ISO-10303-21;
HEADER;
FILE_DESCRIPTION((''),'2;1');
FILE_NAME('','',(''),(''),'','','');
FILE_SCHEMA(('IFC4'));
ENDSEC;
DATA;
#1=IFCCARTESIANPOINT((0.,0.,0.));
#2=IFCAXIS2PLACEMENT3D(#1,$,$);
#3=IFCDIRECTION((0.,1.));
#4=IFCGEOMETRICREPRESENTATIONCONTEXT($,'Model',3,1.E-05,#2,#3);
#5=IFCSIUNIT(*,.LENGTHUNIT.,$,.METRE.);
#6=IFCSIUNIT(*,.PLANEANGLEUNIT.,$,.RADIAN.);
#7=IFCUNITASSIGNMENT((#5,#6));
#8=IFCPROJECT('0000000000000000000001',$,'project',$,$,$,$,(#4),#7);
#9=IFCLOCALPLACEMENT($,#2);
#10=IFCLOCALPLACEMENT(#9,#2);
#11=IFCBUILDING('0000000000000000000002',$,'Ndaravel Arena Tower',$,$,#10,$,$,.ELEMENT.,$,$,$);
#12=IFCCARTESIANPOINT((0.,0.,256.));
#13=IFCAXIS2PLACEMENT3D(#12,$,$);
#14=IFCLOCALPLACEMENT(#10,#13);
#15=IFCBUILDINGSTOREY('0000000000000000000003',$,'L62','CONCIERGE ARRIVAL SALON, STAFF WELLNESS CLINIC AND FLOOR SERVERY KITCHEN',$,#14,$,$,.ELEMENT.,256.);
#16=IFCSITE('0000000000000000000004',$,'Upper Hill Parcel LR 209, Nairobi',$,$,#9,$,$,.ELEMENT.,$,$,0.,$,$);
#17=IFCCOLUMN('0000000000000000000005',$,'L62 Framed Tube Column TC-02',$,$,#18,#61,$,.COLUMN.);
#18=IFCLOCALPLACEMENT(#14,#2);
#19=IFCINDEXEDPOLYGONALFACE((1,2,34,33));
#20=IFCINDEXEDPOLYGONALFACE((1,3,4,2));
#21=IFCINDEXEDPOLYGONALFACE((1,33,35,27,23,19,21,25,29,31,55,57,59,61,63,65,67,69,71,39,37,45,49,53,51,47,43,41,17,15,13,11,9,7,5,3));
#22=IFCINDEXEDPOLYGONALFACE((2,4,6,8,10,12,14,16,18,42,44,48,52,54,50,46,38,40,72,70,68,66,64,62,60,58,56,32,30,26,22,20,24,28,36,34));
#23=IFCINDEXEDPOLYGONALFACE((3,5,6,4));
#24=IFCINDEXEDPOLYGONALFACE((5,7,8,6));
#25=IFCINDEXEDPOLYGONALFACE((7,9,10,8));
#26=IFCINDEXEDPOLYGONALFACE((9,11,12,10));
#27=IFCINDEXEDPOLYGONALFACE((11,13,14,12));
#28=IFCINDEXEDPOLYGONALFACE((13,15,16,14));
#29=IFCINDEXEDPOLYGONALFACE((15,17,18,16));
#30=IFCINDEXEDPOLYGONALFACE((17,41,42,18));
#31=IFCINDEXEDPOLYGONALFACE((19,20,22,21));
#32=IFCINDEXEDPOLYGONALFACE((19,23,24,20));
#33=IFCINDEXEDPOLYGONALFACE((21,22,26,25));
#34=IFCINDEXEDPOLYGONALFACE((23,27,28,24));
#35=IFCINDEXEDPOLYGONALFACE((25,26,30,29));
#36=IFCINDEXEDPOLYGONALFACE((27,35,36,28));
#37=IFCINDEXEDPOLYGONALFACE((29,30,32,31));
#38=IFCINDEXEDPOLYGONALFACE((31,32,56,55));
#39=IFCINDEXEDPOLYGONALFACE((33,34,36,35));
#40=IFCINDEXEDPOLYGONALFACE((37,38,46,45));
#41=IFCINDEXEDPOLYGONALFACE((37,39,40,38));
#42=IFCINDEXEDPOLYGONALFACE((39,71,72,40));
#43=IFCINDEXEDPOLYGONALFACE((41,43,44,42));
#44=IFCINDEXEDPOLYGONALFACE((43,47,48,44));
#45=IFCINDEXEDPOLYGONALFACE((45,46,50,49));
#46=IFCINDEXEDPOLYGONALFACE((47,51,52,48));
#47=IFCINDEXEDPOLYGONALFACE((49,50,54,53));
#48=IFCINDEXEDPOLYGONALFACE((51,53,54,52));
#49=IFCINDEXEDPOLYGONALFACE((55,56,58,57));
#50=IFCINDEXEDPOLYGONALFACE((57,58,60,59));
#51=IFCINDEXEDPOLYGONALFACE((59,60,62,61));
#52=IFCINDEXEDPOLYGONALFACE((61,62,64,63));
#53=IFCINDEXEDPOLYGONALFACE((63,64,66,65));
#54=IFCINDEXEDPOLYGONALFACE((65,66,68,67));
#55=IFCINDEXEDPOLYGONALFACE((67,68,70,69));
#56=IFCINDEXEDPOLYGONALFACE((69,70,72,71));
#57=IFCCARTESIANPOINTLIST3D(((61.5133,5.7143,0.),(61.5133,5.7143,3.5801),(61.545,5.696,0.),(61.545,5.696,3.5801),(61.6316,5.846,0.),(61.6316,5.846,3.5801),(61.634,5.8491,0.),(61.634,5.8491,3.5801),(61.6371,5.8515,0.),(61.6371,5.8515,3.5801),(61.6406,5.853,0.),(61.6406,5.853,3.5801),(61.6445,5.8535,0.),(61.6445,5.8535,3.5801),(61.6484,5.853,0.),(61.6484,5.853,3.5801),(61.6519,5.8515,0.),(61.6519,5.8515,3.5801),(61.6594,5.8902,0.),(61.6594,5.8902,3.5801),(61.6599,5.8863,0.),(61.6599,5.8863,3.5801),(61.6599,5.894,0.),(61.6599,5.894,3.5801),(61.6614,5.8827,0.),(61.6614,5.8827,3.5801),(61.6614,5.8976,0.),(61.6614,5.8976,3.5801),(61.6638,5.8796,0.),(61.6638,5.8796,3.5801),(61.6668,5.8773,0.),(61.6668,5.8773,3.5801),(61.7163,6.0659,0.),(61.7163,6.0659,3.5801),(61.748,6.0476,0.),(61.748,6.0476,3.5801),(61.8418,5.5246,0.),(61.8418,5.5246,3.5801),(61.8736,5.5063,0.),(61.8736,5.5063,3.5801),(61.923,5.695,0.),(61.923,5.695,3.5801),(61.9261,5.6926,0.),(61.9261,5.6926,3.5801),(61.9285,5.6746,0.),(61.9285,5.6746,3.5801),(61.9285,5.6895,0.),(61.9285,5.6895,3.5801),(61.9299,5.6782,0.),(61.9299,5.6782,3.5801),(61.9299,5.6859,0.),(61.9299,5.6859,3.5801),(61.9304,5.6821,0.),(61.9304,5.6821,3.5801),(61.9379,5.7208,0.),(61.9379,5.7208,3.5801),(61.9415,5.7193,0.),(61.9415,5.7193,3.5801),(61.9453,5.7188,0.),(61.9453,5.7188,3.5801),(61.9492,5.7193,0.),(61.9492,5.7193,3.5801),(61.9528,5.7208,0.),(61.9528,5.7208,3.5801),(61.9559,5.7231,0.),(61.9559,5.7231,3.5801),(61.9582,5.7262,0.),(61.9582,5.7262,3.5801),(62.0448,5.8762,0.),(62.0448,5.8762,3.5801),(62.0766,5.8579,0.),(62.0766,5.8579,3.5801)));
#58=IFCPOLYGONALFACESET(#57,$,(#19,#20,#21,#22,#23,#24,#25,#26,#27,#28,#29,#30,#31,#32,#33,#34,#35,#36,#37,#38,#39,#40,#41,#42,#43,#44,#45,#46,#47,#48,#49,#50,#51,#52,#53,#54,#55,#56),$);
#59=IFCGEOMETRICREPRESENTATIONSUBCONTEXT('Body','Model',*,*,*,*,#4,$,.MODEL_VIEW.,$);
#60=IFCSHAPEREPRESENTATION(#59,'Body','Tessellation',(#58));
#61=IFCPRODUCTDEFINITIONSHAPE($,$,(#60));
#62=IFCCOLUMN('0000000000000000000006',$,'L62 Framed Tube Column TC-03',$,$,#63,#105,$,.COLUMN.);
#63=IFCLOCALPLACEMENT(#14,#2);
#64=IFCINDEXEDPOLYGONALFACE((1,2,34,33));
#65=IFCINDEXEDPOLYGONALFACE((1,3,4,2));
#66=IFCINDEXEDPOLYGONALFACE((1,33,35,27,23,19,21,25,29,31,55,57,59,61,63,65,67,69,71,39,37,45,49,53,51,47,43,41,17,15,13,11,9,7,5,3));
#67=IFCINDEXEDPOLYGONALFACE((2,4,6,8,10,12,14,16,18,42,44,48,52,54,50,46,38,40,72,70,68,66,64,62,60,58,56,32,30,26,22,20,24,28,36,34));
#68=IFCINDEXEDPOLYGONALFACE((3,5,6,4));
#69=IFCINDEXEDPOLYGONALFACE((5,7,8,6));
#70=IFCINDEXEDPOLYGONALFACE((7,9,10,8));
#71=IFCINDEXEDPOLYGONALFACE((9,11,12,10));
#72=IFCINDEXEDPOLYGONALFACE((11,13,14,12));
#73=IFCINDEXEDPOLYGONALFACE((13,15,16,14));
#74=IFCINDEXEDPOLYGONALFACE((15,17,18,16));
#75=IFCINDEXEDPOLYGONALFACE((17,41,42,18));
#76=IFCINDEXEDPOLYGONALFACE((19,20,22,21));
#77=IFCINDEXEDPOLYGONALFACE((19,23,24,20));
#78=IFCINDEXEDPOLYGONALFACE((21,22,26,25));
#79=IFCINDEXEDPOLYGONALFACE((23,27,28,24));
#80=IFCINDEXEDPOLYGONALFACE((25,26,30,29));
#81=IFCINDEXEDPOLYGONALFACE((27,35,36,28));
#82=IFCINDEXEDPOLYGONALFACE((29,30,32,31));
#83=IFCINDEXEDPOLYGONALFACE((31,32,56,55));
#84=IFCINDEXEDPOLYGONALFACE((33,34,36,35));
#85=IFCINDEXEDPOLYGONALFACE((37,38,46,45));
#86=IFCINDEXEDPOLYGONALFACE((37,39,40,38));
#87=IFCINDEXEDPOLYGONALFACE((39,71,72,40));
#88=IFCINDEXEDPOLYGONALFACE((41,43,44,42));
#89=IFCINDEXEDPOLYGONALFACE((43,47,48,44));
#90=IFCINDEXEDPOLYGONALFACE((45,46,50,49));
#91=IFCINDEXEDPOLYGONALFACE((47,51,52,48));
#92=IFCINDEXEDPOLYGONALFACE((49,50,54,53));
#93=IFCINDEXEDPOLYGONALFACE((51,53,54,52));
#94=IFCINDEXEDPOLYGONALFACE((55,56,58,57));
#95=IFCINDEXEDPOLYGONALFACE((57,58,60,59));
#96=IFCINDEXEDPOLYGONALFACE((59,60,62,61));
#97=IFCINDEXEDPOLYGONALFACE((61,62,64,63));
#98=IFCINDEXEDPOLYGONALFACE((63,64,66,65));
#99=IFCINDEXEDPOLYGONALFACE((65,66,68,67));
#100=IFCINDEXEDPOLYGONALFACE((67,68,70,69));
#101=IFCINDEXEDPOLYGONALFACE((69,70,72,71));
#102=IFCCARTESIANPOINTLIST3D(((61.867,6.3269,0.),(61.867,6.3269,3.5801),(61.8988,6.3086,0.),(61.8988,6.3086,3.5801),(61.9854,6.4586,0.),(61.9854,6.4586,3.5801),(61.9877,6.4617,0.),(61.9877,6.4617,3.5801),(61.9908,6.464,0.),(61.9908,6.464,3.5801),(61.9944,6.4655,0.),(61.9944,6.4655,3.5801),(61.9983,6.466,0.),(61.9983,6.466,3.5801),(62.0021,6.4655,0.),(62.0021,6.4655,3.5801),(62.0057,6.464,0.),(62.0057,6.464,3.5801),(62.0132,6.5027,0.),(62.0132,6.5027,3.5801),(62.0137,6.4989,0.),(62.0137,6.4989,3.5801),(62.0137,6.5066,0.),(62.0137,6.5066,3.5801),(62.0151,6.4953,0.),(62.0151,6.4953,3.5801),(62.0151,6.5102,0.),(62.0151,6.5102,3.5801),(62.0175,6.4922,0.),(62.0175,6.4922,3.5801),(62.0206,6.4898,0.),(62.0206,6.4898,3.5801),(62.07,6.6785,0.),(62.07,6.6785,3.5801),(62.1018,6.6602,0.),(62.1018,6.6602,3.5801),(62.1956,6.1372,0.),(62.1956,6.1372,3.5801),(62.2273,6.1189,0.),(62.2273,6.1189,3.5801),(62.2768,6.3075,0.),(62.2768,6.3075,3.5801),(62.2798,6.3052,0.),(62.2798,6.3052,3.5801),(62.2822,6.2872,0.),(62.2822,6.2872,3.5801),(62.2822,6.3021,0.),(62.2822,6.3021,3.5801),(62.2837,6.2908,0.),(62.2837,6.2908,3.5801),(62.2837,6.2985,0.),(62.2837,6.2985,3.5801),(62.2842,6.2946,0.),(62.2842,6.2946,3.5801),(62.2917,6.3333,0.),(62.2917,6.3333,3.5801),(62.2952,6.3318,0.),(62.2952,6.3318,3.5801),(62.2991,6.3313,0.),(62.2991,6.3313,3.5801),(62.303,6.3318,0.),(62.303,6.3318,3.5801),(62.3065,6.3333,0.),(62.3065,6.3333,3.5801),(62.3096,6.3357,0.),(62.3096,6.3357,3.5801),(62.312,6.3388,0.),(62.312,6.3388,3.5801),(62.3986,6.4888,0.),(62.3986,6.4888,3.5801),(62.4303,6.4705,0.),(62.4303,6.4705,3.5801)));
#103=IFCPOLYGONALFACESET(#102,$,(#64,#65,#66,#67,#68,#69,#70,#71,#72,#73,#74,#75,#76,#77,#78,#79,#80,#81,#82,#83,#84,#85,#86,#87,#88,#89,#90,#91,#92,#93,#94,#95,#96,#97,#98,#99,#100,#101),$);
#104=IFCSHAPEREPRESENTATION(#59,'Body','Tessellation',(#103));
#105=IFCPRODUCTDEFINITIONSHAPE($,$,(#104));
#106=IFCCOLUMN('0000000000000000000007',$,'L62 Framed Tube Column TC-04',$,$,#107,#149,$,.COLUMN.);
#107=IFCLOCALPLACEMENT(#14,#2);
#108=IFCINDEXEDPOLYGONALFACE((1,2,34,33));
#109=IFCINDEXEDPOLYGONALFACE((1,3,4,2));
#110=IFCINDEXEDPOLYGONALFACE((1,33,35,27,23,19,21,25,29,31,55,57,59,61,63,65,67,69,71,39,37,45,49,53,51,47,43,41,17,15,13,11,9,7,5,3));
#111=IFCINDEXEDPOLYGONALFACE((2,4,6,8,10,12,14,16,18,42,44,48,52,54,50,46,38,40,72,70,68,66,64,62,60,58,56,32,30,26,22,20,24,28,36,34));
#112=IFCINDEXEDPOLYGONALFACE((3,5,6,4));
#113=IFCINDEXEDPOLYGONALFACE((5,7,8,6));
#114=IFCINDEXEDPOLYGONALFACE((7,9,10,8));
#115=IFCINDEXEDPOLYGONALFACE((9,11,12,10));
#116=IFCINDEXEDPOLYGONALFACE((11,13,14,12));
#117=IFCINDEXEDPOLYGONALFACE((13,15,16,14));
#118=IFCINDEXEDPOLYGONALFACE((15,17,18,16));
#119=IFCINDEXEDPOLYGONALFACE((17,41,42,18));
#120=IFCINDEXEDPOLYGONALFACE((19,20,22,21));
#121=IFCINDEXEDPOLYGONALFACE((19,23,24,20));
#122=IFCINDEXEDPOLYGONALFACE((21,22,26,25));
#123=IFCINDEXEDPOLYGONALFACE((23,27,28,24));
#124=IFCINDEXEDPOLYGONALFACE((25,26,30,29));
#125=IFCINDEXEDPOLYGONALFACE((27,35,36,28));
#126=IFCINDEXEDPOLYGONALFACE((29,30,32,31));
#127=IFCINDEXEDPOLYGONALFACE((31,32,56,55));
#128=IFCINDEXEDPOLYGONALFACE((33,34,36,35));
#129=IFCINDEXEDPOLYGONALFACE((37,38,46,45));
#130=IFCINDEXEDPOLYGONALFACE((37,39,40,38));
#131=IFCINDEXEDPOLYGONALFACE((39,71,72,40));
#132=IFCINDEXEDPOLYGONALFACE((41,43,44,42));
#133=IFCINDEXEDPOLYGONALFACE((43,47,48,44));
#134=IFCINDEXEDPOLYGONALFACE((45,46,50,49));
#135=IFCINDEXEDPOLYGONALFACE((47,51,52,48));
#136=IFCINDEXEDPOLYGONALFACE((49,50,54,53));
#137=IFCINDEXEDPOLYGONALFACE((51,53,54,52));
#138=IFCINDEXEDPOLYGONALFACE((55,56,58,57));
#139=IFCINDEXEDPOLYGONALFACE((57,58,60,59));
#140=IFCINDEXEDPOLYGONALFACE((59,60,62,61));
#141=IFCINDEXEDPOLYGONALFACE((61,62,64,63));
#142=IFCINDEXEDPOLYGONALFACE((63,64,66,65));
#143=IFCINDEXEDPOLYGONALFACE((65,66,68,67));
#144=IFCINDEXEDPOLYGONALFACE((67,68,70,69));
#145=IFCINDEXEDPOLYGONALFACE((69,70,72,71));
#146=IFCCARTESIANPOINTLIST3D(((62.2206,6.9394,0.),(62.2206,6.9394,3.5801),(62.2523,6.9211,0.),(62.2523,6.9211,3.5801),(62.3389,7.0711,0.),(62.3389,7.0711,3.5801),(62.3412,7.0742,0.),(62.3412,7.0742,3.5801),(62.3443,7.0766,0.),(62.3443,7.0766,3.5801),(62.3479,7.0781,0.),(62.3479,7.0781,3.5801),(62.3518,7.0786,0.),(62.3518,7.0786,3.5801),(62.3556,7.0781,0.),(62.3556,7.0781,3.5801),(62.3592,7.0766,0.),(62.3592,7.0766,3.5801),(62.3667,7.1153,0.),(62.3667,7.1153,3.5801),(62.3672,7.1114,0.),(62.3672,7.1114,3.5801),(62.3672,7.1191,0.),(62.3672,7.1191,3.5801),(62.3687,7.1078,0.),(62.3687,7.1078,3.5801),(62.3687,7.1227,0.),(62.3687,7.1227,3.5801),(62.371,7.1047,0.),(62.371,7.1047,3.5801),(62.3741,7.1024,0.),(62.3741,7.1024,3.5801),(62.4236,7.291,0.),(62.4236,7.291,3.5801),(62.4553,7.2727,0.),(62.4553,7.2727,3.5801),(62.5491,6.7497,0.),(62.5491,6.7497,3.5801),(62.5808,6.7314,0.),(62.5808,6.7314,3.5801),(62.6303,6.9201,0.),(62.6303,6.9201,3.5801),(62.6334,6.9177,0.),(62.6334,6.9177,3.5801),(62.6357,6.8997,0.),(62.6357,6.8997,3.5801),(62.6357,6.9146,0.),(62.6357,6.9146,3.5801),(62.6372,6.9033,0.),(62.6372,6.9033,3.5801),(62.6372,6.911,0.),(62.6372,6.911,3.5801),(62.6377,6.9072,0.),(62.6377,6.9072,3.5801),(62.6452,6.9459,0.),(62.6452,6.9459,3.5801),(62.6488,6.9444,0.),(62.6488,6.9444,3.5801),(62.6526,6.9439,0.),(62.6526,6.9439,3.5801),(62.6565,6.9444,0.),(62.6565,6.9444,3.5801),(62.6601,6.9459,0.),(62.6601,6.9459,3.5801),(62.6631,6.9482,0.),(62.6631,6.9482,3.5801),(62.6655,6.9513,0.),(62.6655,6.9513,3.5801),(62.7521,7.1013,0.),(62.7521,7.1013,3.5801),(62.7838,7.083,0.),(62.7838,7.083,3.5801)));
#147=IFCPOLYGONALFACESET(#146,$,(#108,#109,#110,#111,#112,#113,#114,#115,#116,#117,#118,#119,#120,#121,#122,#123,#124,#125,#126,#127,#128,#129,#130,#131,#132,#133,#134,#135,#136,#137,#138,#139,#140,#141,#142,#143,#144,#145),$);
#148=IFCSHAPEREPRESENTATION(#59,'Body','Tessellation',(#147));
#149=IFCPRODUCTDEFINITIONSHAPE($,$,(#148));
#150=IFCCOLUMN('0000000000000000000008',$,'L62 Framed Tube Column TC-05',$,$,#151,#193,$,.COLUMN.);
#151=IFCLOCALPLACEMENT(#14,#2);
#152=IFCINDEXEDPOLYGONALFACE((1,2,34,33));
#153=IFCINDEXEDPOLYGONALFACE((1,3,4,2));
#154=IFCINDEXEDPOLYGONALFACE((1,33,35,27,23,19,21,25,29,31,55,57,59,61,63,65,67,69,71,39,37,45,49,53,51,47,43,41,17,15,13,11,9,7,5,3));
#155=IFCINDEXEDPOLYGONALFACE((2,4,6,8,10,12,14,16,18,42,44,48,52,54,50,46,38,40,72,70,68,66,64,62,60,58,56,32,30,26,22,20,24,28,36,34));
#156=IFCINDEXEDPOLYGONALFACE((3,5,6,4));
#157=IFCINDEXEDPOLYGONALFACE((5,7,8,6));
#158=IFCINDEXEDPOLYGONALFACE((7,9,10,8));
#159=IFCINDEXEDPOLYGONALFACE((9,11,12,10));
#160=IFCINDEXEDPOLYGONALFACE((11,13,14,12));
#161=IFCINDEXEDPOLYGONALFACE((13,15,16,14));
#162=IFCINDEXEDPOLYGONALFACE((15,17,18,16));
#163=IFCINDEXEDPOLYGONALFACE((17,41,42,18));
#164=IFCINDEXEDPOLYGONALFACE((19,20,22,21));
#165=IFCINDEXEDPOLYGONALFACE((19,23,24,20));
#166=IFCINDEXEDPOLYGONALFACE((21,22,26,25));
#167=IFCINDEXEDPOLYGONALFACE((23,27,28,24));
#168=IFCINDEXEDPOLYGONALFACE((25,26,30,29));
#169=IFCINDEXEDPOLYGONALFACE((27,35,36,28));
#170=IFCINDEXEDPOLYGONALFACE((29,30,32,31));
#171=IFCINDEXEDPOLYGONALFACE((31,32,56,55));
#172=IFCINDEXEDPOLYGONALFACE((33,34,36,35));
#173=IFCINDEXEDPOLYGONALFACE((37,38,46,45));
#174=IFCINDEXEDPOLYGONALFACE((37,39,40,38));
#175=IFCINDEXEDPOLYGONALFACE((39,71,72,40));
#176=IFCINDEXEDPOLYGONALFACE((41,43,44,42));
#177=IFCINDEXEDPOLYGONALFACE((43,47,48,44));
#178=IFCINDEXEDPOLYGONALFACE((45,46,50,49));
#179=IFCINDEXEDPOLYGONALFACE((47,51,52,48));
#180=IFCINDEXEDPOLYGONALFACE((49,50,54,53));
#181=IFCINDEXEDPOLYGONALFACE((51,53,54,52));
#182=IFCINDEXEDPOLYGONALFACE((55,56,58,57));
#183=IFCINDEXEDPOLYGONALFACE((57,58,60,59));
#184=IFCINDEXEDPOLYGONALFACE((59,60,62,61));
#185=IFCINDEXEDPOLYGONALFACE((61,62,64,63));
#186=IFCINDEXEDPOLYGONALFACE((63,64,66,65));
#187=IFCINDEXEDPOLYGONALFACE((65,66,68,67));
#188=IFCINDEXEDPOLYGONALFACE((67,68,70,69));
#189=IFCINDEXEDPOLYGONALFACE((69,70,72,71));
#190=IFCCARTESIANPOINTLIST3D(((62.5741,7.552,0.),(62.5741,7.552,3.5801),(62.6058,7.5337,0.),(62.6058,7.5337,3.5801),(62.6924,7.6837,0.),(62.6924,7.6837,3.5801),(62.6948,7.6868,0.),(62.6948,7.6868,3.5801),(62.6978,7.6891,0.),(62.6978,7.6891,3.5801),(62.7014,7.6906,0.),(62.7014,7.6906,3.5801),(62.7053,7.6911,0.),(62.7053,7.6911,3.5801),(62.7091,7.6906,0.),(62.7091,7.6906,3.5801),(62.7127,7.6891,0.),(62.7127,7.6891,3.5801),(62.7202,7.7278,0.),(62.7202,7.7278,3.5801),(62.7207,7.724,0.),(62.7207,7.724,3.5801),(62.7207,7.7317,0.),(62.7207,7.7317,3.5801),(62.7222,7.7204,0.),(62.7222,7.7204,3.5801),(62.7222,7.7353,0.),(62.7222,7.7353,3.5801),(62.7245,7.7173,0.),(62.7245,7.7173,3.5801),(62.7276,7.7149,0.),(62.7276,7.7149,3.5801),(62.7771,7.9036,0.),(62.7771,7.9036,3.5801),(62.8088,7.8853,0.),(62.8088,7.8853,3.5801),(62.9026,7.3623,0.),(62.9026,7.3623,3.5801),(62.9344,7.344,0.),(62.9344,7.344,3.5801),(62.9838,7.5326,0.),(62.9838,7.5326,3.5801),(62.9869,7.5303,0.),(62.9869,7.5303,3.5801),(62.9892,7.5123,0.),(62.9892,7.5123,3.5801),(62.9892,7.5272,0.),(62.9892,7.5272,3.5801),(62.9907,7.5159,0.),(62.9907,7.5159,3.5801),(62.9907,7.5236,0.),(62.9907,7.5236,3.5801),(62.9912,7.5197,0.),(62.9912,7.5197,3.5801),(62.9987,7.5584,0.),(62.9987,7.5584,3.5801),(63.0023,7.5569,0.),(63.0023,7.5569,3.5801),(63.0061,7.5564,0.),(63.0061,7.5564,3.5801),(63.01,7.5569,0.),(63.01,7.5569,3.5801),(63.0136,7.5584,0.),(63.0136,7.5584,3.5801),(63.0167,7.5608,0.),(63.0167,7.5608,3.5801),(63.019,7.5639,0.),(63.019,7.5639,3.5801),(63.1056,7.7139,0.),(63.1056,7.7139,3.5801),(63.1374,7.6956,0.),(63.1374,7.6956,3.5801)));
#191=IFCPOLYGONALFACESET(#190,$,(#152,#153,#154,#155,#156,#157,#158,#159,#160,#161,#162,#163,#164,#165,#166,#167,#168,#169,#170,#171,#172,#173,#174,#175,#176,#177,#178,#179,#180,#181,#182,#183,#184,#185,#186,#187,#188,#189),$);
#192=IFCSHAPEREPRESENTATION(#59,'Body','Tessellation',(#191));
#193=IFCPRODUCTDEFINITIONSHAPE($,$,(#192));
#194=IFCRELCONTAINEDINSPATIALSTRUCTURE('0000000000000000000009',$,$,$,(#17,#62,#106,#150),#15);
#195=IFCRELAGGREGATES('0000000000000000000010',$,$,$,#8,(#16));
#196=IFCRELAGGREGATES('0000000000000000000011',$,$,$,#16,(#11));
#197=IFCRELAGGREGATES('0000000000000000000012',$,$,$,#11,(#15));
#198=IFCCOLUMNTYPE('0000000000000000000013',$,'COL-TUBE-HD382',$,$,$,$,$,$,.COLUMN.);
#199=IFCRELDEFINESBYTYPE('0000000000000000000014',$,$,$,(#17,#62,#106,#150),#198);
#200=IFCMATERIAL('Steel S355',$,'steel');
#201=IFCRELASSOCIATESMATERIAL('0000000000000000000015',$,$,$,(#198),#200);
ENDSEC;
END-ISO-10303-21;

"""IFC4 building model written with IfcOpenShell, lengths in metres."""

from ifc_helpers import new_model, si_unit, direction, frame, origin, origin_2d, place, context, subcontext, project, spatial, i_section, extrude, material, material_profile, profile_set, type_object, element, save


model = new_model("IFC4")

# Units and contexts
model_context = context("Model", 3, precision=1e-05, world=origin(), true_north=direction((0.0, 1.0)))
body_context = subcontext(model_context, "Body", "Model", "MODEL_VIEW")
ifc_project = project(units=[si_unit("LENGTHUNIT", "METRE"), si_unit("PLANEANGLEUNIT", "RADIAN")], contexts=[model_context])

# Site, building, storey
site_placement = place(None, origin())
site = spatial("IfcSite", under=ifc_project, at=site_placement, Name="Upper Hill Parcel LR 209, Nairobi", CompositionType="ELEMENT", RefElevation=0.0)
building_placement = place(site_placement, origin())
building = spatial("IfcBuilding", under=site, at=building_placement, Name="Ndaravel Arena Tower", CompositionType="ELEMENT")
storey_placement = place(building_placement, frame((0.0, 0.0, 256.0)))
storey = spatial("IfcBuildingStorey", under=building, at=storey_placement, Name="L62", Description="CONCIERGE ARRIVAL SALON, STAFF WELLNESS CLINIC AND FLOOR SERVERY KITCHEN", CompositionType="ELEMENT", Elevation=256.0)

# Columns
ifc_material_1 = material(Name="Steel S355", Category="steel")
ifc_material_profile_1 = material_profile(ifc_material_1, i_section(OverallWidth=0.406, OverallDepth=0.416, WebThickness=0.0298, FlangeThickness=0.0366, FilletRadius=0.0149, at=origin_2d()), Name="HD 400x382")
ifc_profile_set_1 = profile_set([ifc_material_profile_1], Name="Steel S355")
column_type = type_object("IfcColumnType", Name="COL-TUBE-HD382", PredefinedType="COLUMN", material=ifc_profile_set_1)
for number, where, z_axis, x_axis, name in (
    (1, (61.7949, 5.7861, 0.0), (0.0, 0.0, 1.0), (0.5, 0.866025, 0.0), "L62 Framed Tube Column TC-02"),
    (2, (62.1487, 6.3987, 0.0), (0.0, 0.0, 1.0), (0.5, 0.866025, 0.0), "L62 Framed Tube Column TC-03"),
    (3, (62.5022, 7.0112, 0.0), (0.0, 0.0, 1.0), (0.5, 0.866025, 0.0), "L62 Framed Tube Column TC-04"),
    (4, (62.8557, 7.6238, 0.0), (0.0, 0.0, 1.0), (0.5, 0.866025, 0.0), "L62 Framed Tube Column TC-05"),
):
    element("IfcColumn", number, at=place(storey_placement, frame(where, z_axis=z_axis, x_axis=x_axis)), inside=storey, type_object=column_type, Name=name, PredefinedType="COLUMN", context=body_context, shape_type="SweptSolid", body=[
        extrude(i_section(OverallWidth=0.406, OverallDepth=0.416, WebThickness=0.0298, FlangeThickness=0.0366, FilletRadius=0.0149, at=origin_2d()), origin(), (0.0, 0.0, 1.0), 3.5801),
    ])

save(model, "model.ifc")
